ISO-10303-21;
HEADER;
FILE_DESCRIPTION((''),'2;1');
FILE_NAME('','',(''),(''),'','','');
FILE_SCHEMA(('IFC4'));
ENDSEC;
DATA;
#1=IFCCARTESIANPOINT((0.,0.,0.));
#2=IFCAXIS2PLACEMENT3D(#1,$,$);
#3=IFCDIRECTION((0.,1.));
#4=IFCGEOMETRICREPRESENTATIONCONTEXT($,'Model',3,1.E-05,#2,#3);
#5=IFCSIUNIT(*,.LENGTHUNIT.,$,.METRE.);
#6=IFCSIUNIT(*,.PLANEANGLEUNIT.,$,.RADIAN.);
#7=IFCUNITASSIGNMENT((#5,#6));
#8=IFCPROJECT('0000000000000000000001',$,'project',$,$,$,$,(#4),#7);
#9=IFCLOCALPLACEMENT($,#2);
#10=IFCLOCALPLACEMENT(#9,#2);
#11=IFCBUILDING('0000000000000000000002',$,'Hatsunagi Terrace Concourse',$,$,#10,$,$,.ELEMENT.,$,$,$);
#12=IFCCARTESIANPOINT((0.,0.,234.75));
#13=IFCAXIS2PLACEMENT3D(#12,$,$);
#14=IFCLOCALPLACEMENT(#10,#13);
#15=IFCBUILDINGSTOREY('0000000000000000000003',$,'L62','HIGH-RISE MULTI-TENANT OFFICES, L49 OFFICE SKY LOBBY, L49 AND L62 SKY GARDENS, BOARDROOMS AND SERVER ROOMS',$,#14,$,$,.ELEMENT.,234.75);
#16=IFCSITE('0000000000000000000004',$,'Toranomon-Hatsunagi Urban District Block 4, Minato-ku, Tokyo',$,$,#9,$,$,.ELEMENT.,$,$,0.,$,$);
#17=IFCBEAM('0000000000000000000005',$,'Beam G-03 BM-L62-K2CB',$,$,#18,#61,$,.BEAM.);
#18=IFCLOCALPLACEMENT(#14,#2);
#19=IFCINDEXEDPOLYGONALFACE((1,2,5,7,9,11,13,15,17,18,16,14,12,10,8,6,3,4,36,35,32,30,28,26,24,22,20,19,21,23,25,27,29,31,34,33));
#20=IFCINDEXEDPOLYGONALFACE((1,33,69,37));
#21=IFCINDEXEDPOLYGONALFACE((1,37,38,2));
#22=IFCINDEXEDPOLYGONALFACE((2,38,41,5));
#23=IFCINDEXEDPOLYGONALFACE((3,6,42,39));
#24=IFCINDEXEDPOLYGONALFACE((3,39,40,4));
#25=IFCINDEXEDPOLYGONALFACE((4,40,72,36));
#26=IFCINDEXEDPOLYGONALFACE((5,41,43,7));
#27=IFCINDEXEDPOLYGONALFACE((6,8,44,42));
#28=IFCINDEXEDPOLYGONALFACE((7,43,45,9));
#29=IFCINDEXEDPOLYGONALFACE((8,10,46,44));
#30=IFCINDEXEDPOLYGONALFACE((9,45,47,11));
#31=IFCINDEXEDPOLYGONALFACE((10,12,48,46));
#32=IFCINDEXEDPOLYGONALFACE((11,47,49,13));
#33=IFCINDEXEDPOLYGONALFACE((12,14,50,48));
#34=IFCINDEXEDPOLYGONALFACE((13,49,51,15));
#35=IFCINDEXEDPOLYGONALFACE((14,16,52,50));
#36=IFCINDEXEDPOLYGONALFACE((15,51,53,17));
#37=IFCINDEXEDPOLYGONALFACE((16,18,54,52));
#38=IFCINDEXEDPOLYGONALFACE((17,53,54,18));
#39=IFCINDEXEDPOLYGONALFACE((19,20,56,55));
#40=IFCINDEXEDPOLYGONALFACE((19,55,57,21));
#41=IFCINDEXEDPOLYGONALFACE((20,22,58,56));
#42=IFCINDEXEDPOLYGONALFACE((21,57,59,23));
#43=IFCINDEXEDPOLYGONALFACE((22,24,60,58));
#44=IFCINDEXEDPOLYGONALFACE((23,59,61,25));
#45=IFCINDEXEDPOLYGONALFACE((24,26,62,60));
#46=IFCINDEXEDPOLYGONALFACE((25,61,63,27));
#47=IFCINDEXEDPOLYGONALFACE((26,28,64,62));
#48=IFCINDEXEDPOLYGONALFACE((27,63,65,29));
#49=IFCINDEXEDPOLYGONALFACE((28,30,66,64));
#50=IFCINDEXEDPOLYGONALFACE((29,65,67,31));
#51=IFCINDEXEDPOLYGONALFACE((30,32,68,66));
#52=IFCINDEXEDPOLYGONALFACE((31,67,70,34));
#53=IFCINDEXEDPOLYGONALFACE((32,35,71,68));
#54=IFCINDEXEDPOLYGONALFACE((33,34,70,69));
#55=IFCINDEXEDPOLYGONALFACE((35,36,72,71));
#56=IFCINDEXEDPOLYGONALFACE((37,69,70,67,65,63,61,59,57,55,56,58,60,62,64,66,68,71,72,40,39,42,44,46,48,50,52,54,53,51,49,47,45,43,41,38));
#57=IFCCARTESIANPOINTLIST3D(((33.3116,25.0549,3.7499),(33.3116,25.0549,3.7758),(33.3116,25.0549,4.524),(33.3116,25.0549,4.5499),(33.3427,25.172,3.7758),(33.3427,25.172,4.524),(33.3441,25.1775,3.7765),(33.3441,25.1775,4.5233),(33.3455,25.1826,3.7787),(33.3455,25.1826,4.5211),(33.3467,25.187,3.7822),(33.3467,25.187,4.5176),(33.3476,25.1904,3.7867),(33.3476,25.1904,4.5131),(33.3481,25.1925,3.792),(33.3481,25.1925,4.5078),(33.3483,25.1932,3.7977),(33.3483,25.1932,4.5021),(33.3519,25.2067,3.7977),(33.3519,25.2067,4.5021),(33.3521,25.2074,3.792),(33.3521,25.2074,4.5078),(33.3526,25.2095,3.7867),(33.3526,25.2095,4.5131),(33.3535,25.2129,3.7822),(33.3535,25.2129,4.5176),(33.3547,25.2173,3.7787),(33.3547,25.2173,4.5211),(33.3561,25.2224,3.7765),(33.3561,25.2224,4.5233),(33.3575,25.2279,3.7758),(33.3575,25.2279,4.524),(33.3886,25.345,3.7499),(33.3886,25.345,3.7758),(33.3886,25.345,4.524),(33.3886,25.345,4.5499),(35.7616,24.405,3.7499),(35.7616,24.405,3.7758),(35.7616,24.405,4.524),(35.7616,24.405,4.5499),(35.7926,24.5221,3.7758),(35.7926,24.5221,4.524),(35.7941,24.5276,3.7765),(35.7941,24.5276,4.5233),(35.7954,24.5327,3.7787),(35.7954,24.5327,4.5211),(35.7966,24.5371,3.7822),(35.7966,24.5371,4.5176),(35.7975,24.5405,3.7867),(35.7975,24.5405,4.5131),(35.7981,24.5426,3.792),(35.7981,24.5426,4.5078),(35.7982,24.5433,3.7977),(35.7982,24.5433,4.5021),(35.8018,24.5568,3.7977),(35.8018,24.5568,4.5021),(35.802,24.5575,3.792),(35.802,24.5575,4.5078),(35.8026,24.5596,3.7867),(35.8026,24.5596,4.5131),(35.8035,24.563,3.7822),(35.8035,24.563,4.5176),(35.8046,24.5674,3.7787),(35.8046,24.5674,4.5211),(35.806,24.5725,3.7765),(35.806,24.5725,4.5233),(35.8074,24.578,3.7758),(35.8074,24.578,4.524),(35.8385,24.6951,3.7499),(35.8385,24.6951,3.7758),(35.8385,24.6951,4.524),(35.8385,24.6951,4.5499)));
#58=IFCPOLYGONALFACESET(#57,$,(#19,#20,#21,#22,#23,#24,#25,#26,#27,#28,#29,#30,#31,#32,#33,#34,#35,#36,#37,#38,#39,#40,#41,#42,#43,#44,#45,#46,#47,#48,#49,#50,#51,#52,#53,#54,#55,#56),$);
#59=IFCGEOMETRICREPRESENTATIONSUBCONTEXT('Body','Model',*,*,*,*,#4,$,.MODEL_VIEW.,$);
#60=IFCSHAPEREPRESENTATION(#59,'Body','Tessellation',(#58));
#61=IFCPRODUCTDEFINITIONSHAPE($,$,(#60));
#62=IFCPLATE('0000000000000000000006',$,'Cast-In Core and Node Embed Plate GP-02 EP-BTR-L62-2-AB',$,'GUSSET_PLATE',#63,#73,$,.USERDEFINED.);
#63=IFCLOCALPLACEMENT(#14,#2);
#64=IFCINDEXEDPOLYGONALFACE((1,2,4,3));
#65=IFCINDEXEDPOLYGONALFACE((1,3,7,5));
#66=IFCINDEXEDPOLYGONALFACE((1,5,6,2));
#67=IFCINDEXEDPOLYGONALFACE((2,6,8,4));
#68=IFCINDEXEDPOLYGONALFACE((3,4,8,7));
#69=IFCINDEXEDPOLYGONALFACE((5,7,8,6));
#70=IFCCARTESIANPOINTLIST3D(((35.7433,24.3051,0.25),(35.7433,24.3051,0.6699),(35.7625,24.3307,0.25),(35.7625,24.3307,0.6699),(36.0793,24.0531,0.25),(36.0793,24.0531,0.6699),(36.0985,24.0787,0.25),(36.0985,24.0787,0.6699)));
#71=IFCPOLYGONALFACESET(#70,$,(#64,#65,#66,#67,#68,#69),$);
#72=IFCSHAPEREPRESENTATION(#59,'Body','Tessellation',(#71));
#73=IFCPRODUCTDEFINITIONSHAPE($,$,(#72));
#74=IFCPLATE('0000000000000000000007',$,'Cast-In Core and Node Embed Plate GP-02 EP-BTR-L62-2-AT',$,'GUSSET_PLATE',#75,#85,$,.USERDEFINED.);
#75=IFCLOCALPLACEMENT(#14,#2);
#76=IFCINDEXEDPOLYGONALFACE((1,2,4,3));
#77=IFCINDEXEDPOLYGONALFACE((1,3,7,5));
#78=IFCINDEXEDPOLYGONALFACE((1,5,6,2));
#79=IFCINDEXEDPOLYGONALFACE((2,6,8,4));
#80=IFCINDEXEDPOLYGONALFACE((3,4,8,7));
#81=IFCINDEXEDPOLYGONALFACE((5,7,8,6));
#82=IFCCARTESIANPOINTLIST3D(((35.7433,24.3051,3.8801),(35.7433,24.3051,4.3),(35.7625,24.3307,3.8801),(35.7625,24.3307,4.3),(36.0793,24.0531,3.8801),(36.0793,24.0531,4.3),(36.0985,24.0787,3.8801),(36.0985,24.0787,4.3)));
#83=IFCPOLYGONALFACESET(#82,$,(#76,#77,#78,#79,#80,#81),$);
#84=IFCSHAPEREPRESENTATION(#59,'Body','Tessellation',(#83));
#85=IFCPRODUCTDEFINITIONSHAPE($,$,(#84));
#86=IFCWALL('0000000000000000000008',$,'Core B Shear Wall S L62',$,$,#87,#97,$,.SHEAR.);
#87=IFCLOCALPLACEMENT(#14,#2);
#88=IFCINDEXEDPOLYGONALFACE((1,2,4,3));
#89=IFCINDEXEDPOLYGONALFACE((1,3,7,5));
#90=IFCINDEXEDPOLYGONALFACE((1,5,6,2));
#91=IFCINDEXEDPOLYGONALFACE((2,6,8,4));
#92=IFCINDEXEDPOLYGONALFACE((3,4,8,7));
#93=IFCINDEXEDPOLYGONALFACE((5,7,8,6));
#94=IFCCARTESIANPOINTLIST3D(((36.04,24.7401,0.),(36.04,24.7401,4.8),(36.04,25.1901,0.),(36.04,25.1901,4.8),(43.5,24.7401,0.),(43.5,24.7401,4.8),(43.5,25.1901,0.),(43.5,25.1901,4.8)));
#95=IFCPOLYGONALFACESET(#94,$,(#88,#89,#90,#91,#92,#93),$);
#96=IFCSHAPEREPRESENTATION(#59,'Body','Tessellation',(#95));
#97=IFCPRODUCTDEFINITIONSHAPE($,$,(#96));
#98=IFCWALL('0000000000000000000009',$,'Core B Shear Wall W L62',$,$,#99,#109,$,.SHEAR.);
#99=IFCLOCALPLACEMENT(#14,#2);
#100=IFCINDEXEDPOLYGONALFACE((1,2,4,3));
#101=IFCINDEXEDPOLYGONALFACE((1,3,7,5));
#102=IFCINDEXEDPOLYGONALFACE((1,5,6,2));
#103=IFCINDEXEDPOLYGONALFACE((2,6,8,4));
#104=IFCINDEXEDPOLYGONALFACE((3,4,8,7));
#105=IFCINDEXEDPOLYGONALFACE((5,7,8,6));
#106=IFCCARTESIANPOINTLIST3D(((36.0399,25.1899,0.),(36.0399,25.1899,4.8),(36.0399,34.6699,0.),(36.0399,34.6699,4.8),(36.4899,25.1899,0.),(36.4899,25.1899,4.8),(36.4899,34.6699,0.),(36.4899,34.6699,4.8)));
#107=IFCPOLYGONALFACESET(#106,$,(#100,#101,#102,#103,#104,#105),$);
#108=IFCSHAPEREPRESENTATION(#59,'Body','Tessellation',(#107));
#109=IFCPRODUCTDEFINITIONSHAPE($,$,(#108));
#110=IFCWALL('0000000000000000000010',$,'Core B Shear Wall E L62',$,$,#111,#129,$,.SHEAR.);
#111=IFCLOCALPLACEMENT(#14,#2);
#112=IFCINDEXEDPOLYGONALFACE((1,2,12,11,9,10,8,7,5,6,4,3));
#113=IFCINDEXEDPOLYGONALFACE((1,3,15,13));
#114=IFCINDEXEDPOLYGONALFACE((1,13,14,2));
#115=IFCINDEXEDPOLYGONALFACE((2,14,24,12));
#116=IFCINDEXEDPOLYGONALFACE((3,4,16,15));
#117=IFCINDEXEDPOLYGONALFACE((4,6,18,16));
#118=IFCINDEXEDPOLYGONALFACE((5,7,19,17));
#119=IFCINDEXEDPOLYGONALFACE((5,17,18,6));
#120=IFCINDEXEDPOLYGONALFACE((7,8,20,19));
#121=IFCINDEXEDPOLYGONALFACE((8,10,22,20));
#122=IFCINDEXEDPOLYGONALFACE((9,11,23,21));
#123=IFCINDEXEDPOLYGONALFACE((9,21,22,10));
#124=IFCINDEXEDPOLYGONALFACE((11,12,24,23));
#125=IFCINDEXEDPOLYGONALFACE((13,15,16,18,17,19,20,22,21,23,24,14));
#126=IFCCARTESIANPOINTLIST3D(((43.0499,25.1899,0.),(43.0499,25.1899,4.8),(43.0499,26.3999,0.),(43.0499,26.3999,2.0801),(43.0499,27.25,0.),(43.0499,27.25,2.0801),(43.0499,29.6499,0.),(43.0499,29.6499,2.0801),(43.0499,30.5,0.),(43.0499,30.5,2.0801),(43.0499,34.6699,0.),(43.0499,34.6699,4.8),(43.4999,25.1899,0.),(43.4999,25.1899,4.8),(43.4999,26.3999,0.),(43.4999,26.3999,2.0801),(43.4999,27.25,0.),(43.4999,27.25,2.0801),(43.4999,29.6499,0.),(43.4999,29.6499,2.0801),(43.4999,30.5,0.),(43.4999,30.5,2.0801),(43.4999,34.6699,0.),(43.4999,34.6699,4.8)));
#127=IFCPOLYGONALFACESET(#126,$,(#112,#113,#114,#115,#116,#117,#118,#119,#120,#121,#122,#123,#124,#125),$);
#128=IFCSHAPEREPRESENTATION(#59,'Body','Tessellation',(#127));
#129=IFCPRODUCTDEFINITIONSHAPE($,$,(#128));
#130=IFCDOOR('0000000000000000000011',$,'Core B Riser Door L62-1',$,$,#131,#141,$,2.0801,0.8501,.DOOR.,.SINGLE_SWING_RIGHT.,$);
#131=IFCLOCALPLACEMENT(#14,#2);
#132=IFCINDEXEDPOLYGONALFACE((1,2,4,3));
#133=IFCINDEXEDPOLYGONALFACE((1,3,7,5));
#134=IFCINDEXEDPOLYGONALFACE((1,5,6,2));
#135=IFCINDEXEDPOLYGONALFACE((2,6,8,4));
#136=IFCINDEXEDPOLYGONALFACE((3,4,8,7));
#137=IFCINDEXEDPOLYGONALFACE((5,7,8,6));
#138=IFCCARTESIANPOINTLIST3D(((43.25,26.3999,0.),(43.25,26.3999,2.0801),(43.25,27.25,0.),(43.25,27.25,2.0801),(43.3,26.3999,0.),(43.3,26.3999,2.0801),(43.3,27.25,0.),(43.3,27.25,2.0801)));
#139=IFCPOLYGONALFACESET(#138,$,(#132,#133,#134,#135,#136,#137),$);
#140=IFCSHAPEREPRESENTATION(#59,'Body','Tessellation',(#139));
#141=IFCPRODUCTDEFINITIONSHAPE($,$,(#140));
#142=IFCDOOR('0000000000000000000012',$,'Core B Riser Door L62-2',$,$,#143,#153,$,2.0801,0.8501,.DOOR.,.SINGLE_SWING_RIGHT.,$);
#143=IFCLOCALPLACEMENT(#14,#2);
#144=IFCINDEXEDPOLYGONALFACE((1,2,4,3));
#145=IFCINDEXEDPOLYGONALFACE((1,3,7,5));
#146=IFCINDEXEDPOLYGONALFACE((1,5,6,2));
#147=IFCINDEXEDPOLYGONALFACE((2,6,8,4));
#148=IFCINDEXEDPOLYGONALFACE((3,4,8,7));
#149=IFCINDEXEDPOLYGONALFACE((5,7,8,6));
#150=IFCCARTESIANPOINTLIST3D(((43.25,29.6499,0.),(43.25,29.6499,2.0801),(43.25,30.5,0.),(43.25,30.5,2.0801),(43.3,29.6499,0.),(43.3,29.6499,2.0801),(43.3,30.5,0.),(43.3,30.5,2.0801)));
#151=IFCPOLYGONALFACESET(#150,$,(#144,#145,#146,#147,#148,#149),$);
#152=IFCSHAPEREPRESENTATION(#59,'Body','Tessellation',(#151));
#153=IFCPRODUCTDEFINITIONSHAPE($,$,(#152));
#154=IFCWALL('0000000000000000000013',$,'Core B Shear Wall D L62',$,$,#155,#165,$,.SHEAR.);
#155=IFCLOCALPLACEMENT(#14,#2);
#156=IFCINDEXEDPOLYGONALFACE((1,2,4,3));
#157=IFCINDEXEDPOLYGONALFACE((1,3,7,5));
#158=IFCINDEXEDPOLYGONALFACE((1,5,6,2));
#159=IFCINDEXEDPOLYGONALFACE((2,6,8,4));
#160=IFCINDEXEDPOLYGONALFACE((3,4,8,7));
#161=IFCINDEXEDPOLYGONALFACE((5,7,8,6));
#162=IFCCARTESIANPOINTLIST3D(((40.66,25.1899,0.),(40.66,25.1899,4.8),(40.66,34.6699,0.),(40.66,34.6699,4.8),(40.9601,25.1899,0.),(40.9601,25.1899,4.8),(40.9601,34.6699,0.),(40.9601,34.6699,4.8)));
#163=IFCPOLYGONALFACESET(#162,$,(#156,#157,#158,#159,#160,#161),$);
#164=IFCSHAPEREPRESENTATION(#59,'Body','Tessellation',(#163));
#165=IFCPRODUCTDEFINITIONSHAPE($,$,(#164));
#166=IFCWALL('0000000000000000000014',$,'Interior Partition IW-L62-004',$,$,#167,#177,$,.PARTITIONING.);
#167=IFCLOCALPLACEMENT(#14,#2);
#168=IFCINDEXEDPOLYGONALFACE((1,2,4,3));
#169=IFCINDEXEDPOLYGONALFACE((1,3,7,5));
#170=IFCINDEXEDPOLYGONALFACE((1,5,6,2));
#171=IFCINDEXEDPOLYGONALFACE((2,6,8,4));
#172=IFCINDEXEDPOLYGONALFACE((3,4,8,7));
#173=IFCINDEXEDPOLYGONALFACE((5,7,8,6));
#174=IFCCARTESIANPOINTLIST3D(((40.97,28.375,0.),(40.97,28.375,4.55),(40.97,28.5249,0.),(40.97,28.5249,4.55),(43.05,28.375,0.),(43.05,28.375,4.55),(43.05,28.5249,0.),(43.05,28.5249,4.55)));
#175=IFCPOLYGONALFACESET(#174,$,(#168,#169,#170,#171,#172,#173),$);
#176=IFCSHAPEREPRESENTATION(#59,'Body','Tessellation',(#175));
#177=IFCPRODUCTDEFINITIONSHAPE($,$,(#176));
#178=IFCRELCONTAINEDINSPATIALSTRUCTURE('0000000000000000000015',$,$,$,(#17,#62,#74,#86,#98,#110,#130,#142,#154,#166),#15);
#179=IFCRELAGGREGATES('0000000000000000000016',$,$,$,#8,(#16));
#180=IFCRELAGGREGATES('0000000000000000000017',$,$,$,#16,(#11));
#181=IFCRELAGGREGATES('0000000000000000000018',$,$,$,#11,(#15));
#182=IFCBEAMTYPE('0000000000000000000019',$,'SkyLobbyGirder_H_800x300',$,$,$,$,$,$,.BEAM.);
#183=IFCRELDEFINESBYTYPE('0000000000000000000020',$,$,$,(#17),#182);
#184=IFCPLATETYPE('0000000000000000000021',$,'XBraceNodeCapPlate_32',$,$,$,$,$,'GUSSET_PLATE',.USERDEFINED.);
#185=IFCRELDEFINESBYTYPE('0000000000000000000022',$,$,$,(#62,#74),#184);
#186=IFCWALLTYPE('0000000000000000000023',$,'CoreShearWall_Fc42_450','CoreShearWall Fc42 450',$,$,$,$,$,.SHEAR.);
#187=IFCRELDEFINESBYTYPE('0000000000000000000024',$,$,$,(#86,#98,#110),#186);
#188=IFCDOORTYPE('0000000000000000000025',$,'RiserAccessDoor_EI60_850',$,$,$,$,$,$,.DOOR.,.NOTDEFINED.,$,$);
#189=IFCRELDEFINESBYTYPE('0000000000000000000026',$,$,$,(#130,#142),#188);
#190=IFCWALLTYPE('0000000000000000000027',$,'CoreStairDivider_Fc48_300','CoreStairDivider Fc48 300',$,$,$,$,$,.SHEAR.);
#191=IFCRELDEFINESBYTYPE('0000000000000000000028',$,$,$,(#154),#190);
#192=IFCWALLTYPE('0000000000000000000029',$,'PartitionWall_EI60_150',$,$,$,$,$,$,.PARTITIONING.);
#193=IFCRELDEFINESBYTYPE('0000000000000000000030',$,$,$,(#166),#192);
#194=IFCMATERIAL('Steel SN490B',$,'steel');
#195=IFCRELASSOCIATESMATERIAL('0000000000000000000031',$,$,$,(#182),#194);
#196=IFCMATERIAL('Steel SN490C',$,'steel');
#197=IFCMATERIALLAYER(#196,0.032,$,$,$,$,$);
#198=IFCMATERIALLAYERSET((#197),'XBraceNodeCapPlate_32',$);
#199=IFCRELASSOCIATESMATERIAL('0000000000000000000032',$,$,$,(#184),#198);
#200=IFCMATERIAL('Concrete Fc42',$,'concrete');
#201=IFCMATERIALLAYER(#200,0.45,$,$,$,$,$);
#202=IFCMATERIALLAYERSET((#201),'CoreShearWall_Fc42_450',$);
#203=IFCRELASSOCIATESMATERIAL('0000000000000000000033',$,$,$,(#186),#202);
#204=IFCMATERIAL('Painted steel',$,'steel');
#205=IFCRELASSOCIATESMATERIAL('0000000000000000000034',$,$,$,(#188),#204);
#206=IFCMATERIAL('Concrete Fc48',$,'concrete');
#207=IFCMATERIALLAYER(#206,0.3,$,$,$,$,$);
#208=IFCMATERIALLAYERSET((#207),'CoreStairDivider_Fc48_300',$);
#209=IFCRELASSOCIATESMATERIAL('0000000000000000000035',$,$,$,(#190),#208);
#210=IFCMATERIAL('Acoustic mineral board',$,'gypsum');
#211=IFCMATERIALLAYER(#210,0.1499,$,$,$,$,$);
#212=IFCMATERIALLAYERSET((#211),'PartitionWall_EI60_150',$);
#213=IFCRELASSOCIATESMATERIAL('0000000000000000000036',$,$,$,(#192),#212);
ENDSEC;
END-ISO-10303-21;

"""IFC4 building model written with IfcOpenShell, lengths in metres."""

from ifc_helpers import new_model, si_unit, direction, frame, frame_2d, origin, origin_2d, place, context, subcontext, project, spatial, rectangle, i_section, extrude, material, layer, layer_set, material_profile, profile_set, type_object, element, fill, save


model = new_model("IFC4")

# Units and contexts
model_context = context("Model", 3, precision=1e-05, world=origin(), true_north=direction((0.0, 1.0)))
body_context = subcontext(model_context, "Body", "Model", "MODEL_VIEW")
ifc_project = project(units=[si_unit("LENGTHUNIT", "METRE"), si_unit("PLANEANGLEUNIT", "RADIAN")], contexts=[model_context])

# Site, building, storey
site_placement = place(None, origin())
site = spatial("IfcSite", under=ifc_project, at=site_placement, Name="Toranomon-Hatsunagi Urban District Block 4, Minato-ku, Tokyo", CompositionType="ELEMENT", RefElevation=0.0)
building_placement = place(site_placement, origin())
building = spatial("IfcBuilding", under=site, at=building_placement, Name="Hatsunagi Terrace Concourse", CompositionType="ELEMENT")
storey_placement = place(building_placement, frame((0.0, 0.0, 234.75)))
storey = spatial("IfcBuildingStorey", under=building, at=storey_placement, Name="L62", Description="HIGH-RISE MULTI-TENANT OFFICES, L49 OFFICE SKY LOBBY, L49 AND L62 SKY GARDENS, BOARDROOMS AND SERVER ROOMS", CompositionType="ELEMENT", Elevation=234.75)

# Beam
ifc_material_1 = material(Name="Steel SN490B", Category="steel")
ifc_material_profile_1 = material_profile(ifc_material_1, i_section(OverallWidth=0.3, OverallDepth=0.8, WebThickness=0.0139, FlangeThickness=0.0259, FilletRadius=0.022, at=origin_2d()), Name="H-800x300x14x26")
ifc_profile_set_1 = profile_set([ifc_material_profile_1], Name="Steel SN490B")
beam_type_1 = type_object("IfcBeamType", Name="SkyLobbyGirder_H_800x300", PredefinedType="BEAM", material=ifc_profile_set_1)
beam_1_placement = place(storey_placement, frame((33.3501, 25.2, 4.1499), z_axis=(0.96657, -0.256403, 0.0), x_axis=(0.256403, 0.96657, 0.0)))
element("IfcBeam", 1, at=beam_1_placement, inside=storey, type_object=beam_type_1, Name="Beam G-03 BM-L62-K2CB", PredefinedType="BEAM", context=body_context, shape_type="SweptSolid", body=[
    extrude(i_section(OverallWidth=0.3, OverallDepth=0.8, WebThickness=0.0139, FlangeThickness=0.0259, FilletRadius=0.022, at=origin_2d()), origin(), (0.0, 0.0, 1.0), 2.5347),
])

# Plates
ifc_material_2 = material(Name="Steel SN490C", Category="steel")
ifc_layer_1 = layer(ifc_material_2, 0.032)
ifc_layer_set_1 = layer_set([ifc_layer_1], Name="XBraceNodeCapPlate_32")
plate_type = type_object("IfcPlateType", Name="XBraceNodeCapPlate_32", ElementType="GUSSET_PLATE", PredefinedType="USERDEFINED", material=ifc_layer_set_1)
for number, where, z_axis, x_axis, name in (
    (2, (35.9209, 24.1919, 0.25), (0.0, 0.0, 1.0), (0.8, -0.6, 0.0), "Cast-In Core and Node Embed Plate GP-02 EP-BTR-L62-2-AB"),
    (3, (35.9209, 24.1919, 3.8801), (0.0, 0.0, 1.0), (0.8, -0.6, 0.0), "Cast-In Core and Node Embed Plate GP-02 EP-BTR-L62-2-AT"),
):
    element("IfcPlate", number, at=place(storey_placement, frame(where, z_axis=z_axis, x_axis=x_axis)), inside=storey, type_object=plate_type, Name=name, ObjectType="GUSSET_PLATE", PredefinedType="USERDEFINED", context=body_context, shape_type="SweptSolid", body=[
        extrude(rectangle(XDim=0.4199, YDim=0.032, at=origin_2d()), origin(), (0.0, 0.0, 1.0), 0.4199),
    ])

# Walls
ifc_material_3 = material(Name="Concrete Fc42", Category="concrete")
ifc_layer_2 = layer(ifc_material_3, 0.45)
ifc_layer_set_2 = layer_set([ifc_layer_2], Name="CoreShearWall_Fc42_450")
wall_type_1 = type_object("IfcWallType", Name="CoreShearWall_Fc42_450", Description="CoreShearWall Fc42 450", PredefinedType="SHEAR", material=ifc_layer_set_2)
wall_1_placement = place(storey_placement, frame((36.04, 24.9651, 0.0), z_axis=(0.0, 0.0, 1.0), x_axis=(1.0, 0.0, 0.0)))
element("IfcWall", 4, at=wall_1_placement, inside=storey, type_object=wall_type_1, Name="Core B Shear Wall S L62", PredefinedType="SHEAR", context=body_context, shape_type="SweptSolid", body=[
    extrude(rectangle(XDim=7.46, YDim=0.45, at=frame_2d((3.73, 0.0))), origin(), (0.0, 0.0, 1.0), 4.8),
])
wall_2_placement = place(storey_placement, frame((36.2649, 25.1899, 0.0), z_axis=(0.0, 0.0, 1.0), x_axis=(0.0, 1.0, 0.0)))
element("IfcWall", 5, at=wall_2_placement, inside=storey, type_object=wall_type_1, Name="Core B Shear Wall W L62", PredefinedType="SHEAR", context=body_context, shape_type="SweptSolid", body=[
    extrude(rectangle(XDim=9.48, YDim=0.45, at=frame_2d((4.74, 0.0))), origin(), (0.0, 0.0, 1.0), 4.8),
])

# Wall, openings, doors
wall_3_placement = place(storey_placement, frame((43.2749, 25.1899, 0.0), z_axis=(0.0, 0.0, 1.0), x_axis=(0.0, 1.0, 0.0)))
wall_3 = element("IfcWall", 6, at=wall_3_placement, inside=storey, type_object=wall_type_1, Name="Core B Shear Wall E L62", PredefinedType="SHEAR", context=body_context, shape_type="SweptSolid", body=[
    extrude(rectangle(XDim=9.48, YDim=0.45, at=frame_2d((4.74, 0.0))), origin(), (0.0, 0.0, 1.0), 4.8),
])
opening_1_placement = place(wall_3_placement, frame((1.21, 0.0, 0.0)))
opening_1 = element("IfcOpeningElement", 7, at=opening_1_placement, cuts=wall_3, PredefinedType="OPENING", context=body_context, shape_type="SweptSolid", body=[
    extrude(rectangle(XDim=0.8501, YDim=2.0801, at=frame_2d((0.425, 1.04))), frame((0.0, 0.2349, 0.0), z_axis=(0.0, -1.0, 0.0), x_axis=(1.0, 0.0, 0.0)), (0.0, 0.0, 1.0), 0.47),
])
opening_2_placement = place(wall_3_placement, frame((4.46, 0.0, 0.0)))
opening_2 = element("IfcOpeningElement", 8, at=opening_2_placement, cuts=wall_3, PredefinedType="OPENING", context=body_context, shape_type="SweptSolid", body=[
    extrude(rectangle(XDim=0.8501, YDim=2.0801, at=frame_2d((0.425, 1.04))), frame((0.0, 0.2349, 0.0), z_axis=(0.0, -1.0, 0.0), x_axis=(1.0, 0.0, 0.0)), (0.0, 0.0, 1.0), 0.47),
])
ifc_material_4 = material(Name="Painted steel", Category="steel")
door_type_1 = type_object("IfcDoorType", Name="RiserAccessDoor_EI60_850", OperationType="NOTDEFINED", PredefinedType="DOOR", material=ifc_material_4)
door_1_placement = place(opening_1_placement, origin())
door_1 = element("IfcDoor", 9, at=door_1_placement, inside=storey, type_object=door_type_1, Name="Core B Riser Door L62-1", OperationType="SINGLE_SWING_RIGHT", OverallHeight=2.0801, OverallWidth=0.8501, PredefinedType="DOOR", context=body_context, shape_type="SweptSolid", body=[
    extrude(rectangle(XDim=0.8501, YDim=2.0801, at=frame_2d((0.425, 1.04))), frame((0.0, 0.0249, 0.0), z_axis=(0.0, -1.0, 0.0), x_axis=(1.0, 0.0, 0.0)), (0.0, 0.0, 1.0), 0.05),
])
fill(opening_1, door_1)
door_2_placement = place(opening_2_placement, origin())
door_2 = element("IfcDoor", 10, at=door_2_placement, inside=storey, type_object=door_type_1, Name="Core B Riser Door L62-2", OperationType="SINGLE_SWING_RIGHT", OverallHeight=2.0801, OverallWidth=0.8501, PredefinedType="DOOR", context=body_context, shape_type="SweptSolid", body=[
    extrude(rectangle(XDim=0.8501, YDim=2.0801, at=frame_2d((0.425, 1.04))), frame((0.0, 0.0249, 0.0), z_axis=(0.0, -1.0, 0.0), x_axis=(1.0, 0.0, 0.0)), (0.0, 0.0, 1.0), 0.05),
])
fill(opening_2, door_2)

# Walls
ifc_material_5 = material(Name="Concrete Fc48", Category="concrete")
ifc_layer_3 = layer(ifc_material_5, 0.3)
ifc_layer_set_3 = layer_set([ifc_layer_3], Name="CoreStairDivider_Fc48_300")
wall_type_2 = type_object("IfcWallType", Name="CoreStairDivider_Fc48_300", Description="CoreStairDivider Fc48 300", PredefinedType="SHEAR", material=ifc_layer_set_3)
wall_4_placement = place(storey_placement, frame((40.8101, 25.1899, 0.0), z_axis=(0.0, 0.0, 1.0), x_axis=(0.0, 1.0, 0.0)))
element("IfcWall", 11, at=wall_4_placement, inside=storey, type_object=wall_type_2, Name="Core B Shear Wall D L62", PredefinedType="SHEAR", context=body_context, shape_type="SweptSolid", body=[
    extrude(rectangle(XDim=9.48, YDim=0.3, at=frame_2d((4.74, 0.0))), origin(), (0.0, 0.0, 1.0), 4.8),
])
ifc_material_6 = material(Name="Acoustic mineral board", Category="gypsum")
ifc_layer_4 = layer(ifc_material_6, 0.1499)
ifc_layer_set_4 = layer_set([ifc_layer_4], Name="PartitionWall_EI60_150")
wall_type_3 = type_object("IfcWallType", Name="PartitionWall_EI60_150", PredefinedType="PARTITIONING", material=ifc_layer_set_4)
wall_5_placement = place(storey_placement, frame((40.97, 28.45, 0.0), z_axis=(0.0, 0.0, 1.0), x_axis=(1.0, 0.0, 0.0)))
element("IfcWall", 12, at=wall_5_placement, inside=storey, type_object=wall_type_3, Name="Interior Partition IW-L62-004", PredefinedType="PARTITIONING", context=body_context, shape_type="SweptSolid", body=[
    extrude(rectangle(XDim=2.0801, YDim=0.1499, at=frame_2d((1.04, 0.0))), origin(), (0.0, 0.0, 1.0), 4.55),
])

save(model, "model.ifc")
